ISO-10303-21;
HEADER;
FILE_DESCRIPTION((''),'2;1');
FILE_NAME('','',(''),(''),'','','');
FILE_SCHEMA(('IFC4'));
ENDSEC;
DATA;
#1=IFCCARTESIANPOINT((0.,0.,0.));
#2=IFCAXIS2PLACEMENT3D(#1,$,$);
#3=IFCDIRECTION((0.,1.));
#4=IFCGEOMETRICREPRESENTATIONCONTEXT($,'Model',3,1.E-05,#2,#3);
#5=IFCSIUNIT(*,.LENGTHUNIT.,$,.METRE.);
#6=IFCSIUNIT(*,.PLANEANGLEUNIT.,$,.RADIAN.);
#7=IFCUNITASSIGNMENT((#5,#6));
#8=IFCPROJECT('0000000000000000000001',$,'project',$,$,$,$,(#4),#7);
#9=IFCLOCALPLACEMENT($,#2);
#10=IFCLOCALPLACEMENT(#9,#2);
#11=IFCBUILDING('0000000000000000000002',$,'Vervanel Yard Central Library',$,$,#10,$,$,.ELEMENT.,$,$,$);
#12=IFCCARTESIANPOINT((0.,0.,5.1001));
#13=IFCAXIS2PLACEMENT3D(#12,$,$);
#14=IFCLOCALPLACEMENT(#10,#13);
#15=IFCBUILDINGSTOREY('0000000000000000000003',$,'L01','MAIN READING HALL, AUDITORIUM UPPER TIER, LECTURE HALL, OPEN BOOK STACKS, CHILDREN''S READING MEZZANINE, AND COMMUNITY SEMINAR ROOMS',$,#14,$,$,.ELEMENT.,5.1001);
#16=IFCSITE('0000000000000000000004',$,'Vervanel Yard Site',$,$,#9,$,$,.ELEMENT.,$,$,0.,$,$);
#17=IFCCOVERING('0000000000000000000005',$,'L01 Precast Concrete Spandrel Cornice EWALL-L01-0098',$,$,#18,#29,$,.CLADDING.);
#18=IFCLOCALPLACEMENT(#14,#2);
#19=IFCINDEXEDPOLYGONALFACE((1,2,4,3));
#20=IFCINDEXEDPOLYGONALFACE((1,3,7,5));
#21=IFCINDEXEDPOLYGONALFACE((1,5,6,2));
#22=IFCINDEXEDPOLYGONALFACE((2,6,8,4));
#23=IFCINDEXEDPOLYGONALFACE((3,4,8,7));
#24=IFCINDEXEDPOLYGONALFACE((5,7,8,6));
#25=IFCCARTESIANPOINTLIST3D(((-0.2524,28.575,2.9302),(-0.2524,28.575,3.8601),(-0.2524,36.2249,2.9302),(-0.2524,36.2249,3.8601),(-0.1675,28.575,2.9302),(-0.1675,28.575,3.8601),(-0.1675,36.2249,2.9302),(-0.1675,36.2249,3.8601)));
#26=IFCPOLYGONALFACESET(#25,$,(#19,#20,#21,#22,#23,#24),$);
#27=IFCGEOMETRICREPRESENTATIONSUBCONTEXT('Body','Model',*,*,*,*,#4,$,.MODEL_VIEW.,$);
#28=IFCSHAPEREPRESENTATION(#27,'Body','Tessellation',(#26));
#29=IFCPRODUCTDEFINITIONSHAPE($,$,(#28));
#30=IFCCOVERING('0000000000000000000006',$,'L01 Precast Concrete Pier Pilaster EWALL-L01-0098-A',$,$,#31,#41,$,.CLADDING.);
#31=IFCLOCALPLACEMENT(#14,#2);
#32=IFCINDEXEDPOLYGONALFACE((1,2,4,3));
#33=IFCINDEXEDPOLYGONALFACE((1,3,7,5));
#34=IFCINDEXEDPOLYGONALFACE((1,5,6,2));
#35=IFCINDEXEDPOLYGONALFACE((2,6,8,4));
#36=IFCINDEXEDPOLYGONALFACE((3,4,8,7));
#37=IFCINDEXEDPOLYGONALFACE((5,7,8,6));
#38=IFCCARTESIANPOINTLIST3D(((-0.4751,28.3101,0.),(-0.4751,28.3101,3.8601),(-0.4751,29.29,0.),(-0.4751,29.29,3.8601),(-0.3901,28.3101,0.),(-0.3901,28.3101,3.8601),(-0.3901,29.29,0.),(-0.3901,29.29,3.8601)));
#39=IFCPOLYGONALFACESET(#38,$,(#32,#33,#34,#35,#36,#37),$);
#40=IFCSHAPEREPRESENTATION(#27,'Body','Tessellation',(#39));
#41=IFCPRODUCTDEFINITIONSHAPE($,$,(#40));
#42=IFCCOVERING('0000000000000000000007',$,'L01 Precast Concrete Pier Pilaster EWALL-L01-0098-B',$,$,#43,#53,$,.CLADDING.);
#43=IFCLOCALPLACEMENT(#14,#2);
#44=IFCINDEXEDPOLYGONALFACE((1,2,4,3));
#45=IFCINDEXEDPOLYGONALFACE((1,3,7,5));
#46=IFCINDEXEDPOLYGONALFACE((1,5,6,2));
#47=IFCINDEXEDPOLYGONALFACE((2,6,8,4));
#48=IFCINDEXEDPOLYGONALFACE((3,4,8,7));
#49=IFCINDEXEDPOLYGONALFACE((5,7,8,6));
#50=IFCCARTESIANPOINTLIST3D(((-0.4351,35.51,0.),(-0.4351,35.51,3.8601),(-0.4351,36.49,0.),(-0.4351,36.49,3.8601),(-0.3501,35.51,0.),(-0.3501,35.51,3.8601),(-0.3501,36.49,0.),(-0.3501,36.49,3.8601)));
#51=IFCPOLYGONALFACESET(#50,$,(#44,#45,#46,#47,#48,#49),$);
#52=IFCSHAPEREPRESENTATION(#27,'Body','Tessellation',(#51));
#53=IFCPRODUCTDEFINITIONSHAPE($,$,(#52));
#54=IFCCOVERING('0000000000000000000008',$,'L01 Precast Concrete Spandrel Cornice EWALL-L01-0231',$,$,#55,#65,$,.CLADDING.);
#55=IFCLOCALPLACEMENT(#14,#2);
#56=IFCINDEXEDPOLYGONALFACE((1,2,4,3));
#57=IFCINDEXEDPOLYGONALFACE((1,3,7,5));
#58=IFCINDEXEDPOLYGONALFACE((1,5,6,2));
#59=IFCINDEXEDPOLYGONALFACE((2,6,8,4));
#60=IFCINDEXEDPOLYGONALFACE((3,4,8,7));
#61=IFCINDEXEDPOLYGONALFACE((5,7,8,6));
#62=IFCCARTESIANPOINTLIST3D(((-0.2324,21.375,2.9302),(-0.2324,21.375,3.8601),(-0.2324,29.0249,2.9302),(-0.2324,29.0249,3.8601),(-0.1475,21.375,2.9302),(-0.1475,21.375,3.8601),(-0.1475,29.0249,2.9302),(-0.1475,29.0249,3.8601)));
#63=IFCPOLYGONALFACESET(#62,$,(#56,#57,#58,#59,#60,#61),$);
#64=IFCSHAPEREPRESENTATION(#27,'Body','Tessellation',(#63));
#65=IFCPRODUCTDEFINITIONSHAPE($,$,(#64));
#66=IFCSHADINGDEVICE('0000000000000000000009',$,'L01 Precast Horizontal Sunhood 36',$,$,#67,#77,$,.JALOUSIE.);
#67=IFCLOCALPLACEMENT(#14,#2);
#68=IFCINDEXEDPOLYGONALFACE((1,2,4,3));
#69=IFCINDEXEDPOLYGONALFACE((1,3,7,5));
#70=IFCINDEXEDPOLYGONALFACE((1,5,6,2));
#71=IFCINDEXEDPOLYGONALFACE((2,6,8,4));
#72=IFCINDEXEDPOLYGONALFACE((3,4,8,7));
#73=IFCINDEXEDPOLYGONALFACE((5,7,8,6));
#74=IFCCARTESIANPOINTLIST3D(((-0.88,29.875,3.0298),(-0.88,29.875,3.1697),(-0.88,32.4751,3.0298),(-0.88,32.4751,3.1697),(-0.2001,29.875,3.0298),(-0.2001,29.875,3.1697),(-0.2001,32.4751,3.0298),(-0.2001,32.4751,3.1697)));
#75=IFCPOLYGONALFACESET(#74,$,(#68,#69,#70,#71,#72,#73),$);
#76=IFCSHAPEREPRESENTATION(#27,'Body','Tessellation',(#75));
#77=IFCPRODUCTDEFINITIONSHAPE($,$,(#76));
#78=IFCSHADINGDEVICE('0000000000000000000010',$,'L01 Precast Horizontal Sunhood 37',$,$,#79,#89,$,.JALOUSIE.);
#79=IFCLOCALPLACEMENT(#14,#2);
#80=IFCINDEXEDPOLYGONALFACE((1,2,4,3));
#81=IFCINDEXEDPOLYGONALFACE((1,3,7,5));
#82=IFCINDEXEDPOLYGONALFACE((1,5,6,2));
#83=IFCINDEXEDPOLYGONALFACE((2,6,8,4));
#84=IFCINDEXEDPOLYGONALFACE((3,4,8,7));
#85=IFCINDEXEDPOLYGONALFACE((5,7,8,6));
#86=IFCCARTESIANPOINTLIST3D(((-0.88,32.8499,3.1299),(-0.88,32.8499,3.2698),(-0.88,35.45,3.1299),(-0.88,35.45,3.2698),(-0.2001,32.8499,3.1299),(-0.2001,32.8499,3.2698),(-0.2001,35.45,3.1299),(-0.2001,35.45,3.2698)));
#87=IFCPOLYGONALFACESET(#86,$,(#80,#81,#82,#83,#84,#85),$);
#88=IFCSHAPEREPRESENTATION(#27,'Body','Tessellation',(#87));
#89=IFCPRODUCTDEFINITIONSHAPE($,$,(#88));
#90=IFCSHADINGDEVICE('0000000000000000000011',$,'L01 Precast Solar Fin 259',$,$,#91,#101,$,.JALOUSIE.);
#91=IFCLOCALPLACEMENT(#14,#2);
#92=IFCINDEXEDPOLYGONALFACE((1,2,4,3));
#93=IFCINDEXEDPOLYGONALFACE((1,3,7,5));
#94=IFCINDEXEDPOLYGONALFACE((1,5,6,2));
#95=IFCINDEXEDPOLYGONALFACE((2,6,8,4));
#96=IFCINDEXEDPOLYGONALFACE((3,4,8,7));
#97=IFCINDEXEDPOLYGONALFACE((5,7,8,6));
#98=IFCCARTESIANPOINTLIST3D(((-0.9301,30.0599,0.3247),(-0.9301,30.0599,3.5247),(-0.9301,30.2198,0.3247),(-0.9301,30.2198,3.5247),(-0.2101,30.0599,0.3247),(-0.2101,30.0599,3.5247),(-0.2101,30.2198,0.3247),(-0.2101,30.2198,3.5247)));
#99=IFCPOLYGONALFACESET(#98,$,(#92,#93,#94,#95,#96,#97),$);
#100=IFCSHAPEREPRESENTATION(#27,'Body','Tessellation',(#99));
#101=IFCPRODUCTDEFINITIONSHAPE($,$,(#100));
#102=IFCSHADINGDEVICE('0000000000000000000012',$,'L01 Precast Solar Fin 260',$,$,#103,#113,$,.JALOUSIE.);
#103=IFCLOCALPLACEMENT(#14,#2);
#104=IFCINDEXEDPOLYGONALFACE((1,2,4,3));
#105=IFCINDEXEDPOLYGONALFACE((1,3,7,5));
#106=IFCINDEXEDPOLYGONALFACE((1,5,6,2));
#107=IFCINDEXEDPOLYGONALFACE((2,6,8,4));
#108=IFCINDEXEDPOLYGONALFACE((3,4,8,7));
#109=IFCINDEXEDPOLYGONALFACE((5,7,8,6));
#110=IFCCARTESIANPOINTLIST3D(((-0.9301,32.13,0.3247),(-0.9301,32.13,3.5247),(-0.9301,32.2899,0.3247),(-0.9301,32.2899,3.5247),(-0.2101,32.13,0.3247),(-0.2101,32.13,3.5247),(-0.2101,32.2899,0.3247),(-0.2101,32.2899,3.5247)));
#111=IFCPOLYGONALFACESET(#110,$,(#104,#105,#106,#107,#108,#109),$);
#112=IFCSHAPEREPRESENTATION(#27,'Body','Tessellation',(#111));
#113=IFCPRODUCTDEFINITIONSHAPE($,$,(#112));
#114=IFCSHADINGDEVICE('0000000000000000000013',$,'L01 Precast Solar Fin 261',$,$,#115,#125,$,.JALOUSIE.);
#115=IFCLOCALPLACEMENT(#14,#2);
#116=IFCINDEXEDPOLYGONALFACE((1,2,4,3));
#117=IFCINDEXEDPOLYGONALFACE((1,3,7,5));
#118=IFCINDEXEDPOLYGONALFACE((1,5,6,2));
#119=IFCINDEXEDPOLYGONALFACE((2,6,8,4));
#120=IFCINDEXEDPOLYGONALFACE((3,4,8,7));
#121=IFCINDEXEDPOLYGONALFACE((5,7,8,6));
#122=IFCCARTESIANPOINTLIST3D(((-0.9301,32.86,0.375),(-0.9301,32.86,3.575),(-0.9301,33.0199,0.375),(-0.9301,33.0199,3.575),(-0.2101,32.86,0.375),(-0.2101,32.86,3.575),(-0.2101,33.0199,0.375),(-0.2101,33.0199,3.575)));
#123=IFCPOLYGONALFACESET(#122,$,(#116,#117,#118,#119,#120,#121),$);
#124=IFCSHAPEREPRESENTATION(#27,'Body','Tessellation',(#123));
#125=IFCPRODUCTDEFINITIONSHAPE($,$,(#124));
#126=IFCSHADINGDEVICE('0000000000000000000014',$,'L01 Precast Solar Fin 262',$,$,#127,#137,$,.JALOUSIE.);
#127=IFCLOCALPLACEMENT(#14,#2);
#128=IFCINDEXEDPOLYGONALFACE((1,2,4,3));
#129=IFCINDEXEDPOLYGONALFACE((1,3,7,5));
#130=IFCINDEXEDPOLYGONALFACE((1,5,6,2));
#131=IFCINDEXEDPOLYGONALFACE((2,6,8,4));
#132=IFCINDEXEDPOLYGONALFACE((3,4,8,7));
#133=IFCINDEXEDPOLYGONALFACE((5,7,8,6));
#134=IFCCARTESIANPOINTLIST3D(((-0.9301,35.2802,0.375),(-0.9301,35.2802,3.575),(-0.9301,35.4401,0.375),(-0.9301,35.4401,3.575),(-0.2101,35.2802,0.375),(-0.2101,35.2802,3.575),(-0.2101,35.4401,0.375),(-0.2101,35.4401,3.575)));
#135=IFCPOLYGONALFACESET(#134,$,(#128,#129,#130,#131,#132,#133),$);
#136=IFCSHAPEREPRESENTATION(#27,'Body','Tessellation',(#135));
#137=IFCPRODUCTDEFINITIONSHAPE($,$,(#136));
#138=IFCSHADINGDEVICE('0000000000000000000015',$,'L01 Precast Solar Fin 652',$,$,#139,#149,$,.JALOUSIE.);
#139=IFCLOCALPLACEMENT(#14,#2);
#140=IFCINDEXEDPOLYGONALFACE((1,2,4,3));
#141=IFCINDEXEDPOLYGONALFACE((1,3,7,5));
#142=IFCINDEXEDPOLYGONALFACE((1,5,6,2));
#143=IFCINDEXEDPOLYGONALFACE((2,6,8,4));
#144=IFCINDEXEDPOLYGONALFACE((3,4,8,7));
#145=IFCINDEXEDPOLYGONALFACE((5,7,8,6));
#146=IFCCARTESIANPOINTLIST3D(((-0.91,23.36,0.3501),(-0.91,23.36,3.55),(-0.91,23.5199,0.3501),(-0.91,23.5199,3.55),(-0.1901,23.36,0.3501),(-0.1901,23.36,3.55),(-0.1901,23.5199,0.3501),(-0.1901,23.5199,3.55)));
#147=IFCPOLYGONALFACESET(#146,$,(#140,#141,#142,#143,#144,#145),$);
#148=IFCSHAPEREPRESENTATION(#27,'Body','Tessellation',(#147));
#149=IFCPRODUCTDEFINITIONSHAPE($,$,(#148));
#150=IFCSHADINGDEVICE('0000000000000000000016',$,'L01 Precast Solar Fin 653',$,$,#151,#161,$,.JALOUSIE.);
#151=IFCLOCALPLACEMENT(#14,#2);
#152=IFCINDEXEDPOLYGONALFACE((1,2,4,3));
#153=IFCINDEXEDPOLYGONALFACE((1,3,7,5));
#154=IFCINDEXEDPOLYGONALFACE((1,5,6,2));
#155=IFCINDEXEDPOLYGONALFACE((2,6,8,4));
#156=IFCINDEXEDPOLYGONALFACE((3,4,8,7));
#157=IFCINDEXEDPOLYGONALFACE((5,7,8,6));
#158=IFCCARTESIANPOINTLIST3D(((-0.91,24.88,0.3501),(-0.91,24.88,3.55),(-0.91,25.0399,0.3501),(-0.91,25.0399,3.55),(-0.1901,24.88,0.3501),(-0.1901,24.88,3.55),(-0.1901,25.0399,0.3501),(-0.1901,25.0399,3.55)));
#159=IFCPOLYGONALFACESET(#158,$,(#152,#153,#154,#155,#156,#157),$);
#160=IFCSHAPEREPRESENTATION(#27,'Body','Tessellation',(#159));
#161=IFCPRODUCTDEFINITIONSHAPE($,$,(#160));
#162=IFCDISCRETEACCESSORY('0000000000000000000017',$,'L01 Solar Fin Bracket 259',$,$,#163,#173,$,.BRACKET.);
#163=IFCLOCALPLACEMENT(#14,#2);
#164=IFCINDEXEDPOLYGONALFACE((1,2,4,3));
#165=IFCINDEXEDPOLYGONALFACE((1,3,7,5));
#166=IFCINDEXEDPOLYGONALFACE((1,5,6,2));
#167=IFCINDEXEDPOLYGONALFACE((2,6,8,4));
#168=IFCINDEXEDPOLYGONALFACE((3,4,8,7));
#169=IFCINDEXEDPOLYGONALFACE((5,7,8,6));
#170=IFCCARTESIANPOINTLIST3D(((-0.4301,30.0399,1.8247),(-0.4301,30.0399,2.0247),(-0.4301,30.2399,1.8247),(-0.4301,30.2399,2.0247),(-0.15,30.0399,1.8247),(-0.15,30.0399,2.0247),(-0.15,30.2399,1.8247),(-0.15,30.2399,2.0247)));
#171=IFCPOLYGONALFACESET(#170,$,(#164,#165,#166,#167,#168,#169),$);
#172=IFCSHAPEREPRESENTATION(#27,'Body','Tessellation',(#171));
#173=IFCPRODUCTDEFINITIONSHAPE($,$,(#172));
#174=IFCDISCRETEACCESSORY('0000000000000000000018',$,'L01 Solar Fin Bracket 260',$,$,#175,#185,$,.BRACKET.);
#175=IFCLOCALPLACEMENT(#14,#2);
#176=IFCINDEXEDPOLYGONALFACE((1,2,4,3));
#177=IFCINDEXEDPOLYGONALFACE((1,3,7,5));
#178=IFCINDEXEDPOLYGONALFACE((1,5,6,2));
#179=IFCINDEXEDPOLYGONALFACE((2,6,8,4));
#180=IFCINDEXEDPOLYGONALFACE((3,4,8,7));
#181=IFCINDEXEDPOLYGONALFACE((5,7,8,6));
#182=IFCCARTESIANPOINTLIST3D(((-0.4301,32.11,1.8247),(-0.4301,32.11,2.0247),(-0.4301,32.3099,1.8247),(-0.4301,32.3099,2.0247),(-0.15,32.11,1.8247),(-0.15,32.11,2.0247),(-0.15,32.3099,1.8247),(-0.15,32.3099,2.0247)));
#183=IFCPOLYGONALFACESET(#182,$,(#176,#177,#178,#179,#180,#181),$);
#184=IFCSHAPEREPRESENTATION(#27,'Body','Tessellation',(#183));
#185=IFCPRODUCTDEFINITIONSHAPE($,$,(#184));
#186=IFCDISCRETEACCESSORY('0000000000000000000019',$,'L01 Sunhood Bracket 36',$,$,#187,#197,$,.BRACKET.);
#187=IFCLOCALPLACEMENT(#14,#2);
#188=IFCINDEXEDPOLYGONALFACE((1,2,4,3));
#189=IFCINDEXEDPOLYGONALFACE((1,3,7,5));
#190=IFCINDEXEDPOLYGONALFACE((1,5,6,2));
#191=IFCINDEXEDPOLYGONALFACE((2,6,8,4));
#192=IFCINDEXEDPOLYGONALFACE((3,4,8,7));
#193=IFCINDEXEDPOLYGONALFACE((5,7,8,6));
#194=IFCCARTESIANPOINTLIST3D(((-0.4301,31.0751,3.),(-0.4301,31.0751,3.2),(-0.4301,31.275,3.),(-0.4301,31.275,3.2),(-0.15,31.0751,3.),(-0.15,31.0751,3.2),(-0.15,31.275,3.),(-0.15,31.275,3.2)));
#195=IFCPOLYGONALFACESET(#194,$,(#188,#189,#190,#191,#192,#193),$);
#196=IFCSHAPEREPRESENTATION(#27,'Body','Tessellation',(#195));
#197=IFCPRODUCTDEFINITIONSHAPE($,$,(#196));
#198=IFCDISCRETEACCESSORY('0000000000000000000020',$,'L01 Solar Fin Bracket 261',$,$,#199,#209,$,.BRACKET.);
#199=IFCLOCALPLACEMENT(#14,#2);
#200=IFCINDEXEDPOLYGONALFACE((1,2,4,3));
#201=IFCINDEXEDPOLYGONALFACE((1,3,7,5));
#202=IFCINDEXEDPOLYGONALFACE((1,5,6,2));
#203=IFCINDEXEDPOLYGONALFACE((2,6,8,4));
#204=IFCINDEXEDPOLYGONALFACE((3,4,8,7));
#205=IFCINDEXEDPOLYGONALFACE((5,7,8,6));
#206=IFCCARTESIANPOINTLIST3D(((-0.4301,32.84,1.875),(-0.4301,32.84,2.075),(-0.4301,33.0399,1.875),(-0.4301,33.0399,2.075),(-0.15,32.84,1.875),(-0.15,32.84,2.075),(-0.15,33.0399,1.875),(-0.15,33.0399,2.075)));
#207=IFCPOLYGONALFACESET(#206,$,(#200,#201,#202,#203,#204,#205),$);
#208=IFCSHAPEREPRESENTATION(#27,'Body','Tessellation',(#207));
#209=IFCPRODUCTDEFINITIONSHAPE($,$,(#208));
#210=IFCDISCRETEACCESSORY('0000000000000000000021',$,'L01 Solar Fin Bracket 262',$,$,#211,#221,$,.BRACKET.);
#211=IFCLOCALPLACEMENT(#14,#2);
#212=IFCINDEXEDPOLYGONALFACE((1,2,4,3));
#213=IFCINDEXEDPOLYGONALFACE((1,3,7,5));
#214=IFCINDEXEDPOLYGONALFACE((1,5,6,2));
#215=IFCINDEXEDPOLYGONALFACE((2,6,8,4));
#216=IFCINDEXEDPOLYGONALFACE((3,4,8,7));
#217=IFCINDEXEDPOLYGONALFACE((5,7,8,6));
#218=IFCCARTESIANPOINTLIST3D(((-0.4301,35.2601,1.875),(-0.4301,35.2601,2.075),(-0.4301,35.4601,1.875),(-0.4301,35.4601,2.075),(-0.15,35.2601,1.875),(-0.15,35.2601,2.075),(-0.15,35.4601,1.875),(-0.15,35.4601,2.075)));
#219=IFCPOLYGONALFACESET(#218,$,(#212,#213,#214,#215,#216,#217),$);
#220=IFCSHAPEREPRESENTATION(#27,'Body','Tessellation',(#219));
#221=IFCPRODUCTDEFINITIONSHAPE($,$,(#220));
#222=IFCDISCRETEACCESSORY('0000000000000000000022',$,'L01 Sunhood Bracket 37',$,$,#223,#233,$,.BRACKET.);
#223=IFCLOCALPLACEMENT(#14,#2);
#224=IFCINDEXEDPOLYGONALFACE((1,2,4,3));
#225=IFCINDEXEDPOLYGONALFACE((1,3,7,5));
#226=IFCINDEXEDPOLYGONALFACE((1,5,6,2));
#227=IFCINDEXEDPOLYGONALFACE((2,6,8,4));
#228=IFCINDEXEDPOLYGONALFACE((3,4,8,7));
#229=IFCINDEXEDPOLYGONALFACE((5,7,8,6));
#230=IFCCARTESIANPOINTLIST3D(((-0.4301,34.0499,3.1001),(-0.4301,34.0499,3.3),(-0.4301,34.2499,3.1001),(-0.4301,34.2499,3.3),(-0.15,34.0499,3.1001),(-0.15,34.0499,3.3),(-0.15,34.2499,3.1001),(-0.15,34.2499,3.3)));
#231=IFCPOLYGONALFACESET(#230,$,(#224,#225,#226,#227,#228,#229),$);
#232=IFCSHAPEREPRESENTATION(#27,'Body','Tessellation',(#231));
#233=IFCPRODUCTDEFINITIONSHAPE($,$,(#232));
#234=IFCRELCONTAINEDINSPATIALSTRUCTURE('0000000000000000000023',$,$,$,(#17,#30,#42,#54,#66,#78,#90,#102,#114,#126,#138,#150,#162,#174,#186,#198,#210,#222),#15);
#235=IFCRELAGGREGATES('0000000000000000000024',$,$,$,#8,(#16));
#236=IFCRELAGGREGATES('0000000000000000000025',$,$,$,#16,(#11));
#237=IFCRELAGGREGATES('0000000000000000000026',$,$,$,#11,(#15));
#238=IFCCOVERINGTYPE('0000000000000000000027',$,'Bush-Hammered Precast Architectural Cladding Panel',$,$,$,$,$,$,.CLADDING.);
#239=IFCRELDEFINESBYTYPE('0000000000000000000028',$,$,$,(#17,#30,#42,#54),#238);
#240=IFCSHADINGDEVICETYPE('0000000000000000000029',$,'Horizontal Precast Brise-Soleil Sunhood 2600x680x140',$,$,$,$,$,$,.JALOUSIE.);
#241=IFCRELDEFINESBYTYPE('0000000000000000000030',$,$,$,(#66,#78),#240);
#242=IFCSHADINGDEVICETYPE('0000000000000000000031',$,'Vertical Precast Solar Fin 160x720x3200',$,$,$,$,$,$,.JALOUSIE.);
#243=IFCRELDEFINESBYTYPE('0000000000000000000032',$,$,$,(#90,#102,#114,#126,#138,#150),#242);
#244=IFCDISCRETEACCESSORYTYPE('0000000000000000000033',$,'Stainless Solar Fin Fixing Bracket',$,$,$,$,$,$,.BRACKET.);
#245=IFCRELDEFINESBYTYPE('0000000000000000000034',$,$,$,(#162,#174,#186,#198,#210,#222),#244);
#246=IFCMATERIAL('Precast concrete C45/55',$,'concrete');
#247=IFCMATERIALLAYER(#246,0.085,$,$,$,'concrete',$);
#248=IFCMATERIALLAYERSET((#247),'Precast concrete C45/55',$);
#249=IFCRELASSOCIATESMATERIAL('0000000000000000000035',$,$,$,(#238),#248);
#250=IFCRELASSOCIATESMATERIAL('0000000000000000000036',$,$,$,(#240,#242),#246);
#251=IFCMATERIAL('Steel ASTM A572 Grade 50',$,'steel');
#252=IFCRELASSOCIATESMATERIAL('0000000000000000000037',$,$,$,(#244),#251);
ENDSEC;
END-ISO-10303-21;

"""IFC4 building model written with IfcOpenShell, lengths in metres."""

from ifc_helpers import new_model, si_unit, direction, frame, origin, origin_2d, place, context, subcontext, project, spatial, rectangle, extrude, material, layer, layer_set, type_object, element, save


model = new_model("IFC4")

# Units and contexts
model_context = context("Model", 3, precision=1e-05, world=origin(), true_north=direction((0.0, 1.0)))
body_context = subcontext(model_context, "Body", "Model", "MODEL_VIEW")
ifc_project = project(units=[si_unit("LENGTHUNIT", "METRE"), si_unit("PLANEANGLEUNIT", "RADIAN")], contexts=[model_context])

# Site, building, storey
site_placement = place(None, origin())
site = spatial("IfcSite", under=ifc_project, at=site_placement, Name="Vervanel Yard Site", CompositionType="ELEMENT", RefElevation=0.0)
building_placement = place(site_placement, origin())
building = spatial("IfcBuilding", under=site, at=building_placement, Name="Vervanel Yard Central Library", CompositionType="ELEMENT")
storey_placement = place(building_placement, frame((0.0, 0.0, 5.1001)))
storey = spatial("IfcBuildingStorey", under=building, at=storey_placement, Name="L01", Description="MAIN READING HALL, AUDITORIUM UPPER TIER, LECTURE HALL, OPEN BOOK STACKS, CHILDREN'S READING MEZZANINE, AND COMMUNITY SEMINAR ROOMS", CompositionType="ELEMENT", Elevation=5.1001)

# Coverings
ifc_material_1 = material(Name="Precast concrete C45/55", Category="concrete")
ifc_layer = layer(ifc_material_1, 0.085, Category="concrete")
ifc_layer_set = layer_set([ifc_layer], Name="Precast concrete C45/55")
covering_type = type_object("IfcCoveringType", Name="Bush-Hammered Precast Architectural Cladding Panel", PredefinedType="CLADDING", material=ifc_layer_set)
covering_1_placement = place(storey_placement, frame((-0.21, 32.3999, 2.9302), z_axis=(0.0, 0.0, 1.0), x_axis=(0.0, 1.0, 0.0)))
element("IfcCovering", 1, at=covering_1_placement, inside=storey, type_object=covering_type, Name="L01 Precast Concrete Spandrel Cornice EWALL-L01-0098", PredefinedType="CLADDING", context=body_context, shape_type="SweptSolid", body=[
    extrude(rectangle(XDim=7.6499, YDim=0.085, at=origin_2d()), origin(), (0.0, 0.0, 1.0), 0.9299),
])
for number, where, z_axis, x_axis, name in (
    (2, (-0.4326, 28.8, 0.0), (0.0, 0.0, 1.0), (0.0, 1.0, 0.0), "L01 Precast Concrete Pier Pilaster EWALL-L01-0098-A"),
    (3, (-0.3926, 36.0, 0.0), (0.0, 0.0, 1.0), (0.0, 1.0, 0.0), "L01 Precast Concrete Pier Pilaster EWALL-L01-0098-B"),
):
    element("IfcCovering", number, at=place(storey_placement, frame(where, z_axis=z_axis, x_axis=x_axis)), inside=storey, type_object=covering_type, Name=name, PredefinedType="CLADDING", context=body_context, shape_type="SweptSolid", body=[
        extrude(rectangle(XDim=0.98, YDim=0.085, at=origin_2d()), origin(), (0.0, 0.0, 1.0), 3.8601),
    ])
covering_2_placement = place(storey_placement, frame((-0.1899, 25.2, 2.9302), z_axis=(0.0, 0.0, 1.0), x_axis=(0.0, 1.0, 0.0)))
element("IfcCovering", 4, at=covering_2_placement, inside=storey, type_object=covering_type, Name="L01 Precast Concrete Spandrel Cornice EWALL-L01-0231", PredefinedType="CLADDING", context=body_context, shape_type="SweptSolid", body=[
    extrude(rectangle(XDim=7.6499, YDim=0.085, at=origin_2d()), origin(), (0.0, 0.0, 1.0), 0.9299),
])

# Shading devices
shading_device_type_1 = type_object("IfcShadingDeviceType", Name="Horizontal Precast Brise-Soleil Sunhood 2600x680x140", PredefinedType="JALOUSIE", material=ifc_material_1)
for number, where, z_axis, x_axis, name in (
    (5, (-0.54, 31.175, 3.0298), (0.0, 0.0, 1.0), (0.0, 1.0, 0.0), "L01 Precast Horizontal Sunhood 36"),
    (6, (-0.54, 34.1499, 3.1299), (0.0, 0.0, 1.0), (0.0, 1.0, 0.0), "L01 Precast Horizontal Sunhood 37"),
):
    element("IfcShadingDevice", number, at=place(storey_placement, frame(where, z_axis=z_axis, x_axis=x_axis)), inside=storey, type_object=shading_device_type_1, Name=name, PredefinedType="JALOUSIE", context=body_context, shape_type="SweptSolid", body=[
        extrude(rectangle(XDim=2.6001, YDim=0.6799, at=origin_2d()), origin(), (0.0, 0.0, 1.0), 0.1399),
    ])
shading_device_type_2 = type_object("IfcShadingDeviceType", Name="Vertical Precast Solar Fin 160x720x3200", PredefinedType="JALOUSIE", material=ifc_material_1)
for number, where, z_axis, x_axis, name in (
    (7, (-0.5701, 30.1399, 0.3247), (0.0, 0.0, 1.0), (0.0, 1.0, 0.0), "L01 Precast Solar Fin 259"),
    (8, (-0.5701, 32.21, 0.3247), (0.0, 0.0, 1.0), (0.0, 1.0, 0.0), "L01 Precast Solar Fin 260"),
    (9, (-0.5701, 32.9399, 0.375), (0.0, 0.0, 1.0), (0.0, 1.0, 0.0), "L01 Precast Solar Fin 261"),
    (10, (-0.5701, 35.3601, 0.375), (0.0, 0.0, 1.0), (0.0, 1.0, 0.0), "L01 Precast Solar Fin 262"),
    (11, (-0.55, 23.4399, 0.3501), (0.0, 0.0, 1.0), (0.0, 1.0, 0.0), "L01 Precast Solar Fin 652"),
    (12, (-0.55, 24.96, 0.3501), (0.0, 0.0, 1.0), (0.0, 1.0, 0.0), "L01 Precast Solar Fin 653"),
):
    element("IfcShadingDevice", number, at=place(storey_placement, frame(where, z_axis=z_axis, x_axis=x_axis)), inside=storey, type_object=shading_device_type_2, Name=name, PredefinedType="JALOUSIE", context=body_context, shape_type="SweptSolid", body=[
        extrude(rectangle(XDim=0.1599, YDim=0.72, at=origin_2d()), origin(), (0.0, 0.0, 1.0), 3.2),
    ])

# Discrete accessories
ifc_material_2 = material(Name="Steel ASTM A572 Grade 50", Category="steel")
discrete_accessory_type = type_object("IfcDiscreteAccessoryType", Name="Stainless Solar Fin Fixing Bracket", PredefinedType="BRACKET", material=ifc_material_2)
for number, where, z_axis, x_axis, name in (
    (13, (-0.29, 30.1399, 1.8247), (0.0, 0.0, 1.0), (0.0, 1.0, 0.0), "L01 Solar Fin Bracket 259"),
    (14, (-0.29, 32.21, 1.8247), (0.0, 0.0, 1.0), (0.0, 1.0, 0.0), "L01 Solar Fin Bracket 260"),
    (15, (-0.29, 31.175, 3.0), (0.0, 0.0, 1.0), (0.0, 1.0, 0.0), "L01 Sunhood Bracket 36"),
    (16, (-0.29, 32.9399, 1.875), (0.0, 0.0, 1.0), (0.0, 1.0, 0.0), "L01 Solar Fin Bracket 261"),
    (17, (-0.29, 35.3601, 1.875), (0.0, 0.0, 1.0), (0.0, 1.0, 0.0), "L01 Solar Fin Bracket 262"),
    (18, (-0.29, 34.1499, 3.1001), (0.0, 0.0, 1.0), (0.0, 1.0, 0.0), "L01 Sunhood Bracket 37"),
):
    element("IfcDiscreteAccessory", number, at=place(storey_placement, frame(where, z_axis=z_axis, x_axis=x_axis)), inside=storey, type_object=discrete_accessory_type, Name=name, PredefinedType="BRACKET", context=body_context, shape_type="SweptSolid", body=[
        extrude(rectangle(XDim=0.2, YDim=0.28, at=origin_2d()), origin(), (0.0, 0.0, 1.0), 0.2),
    ])

save(model, "model.ifc")
